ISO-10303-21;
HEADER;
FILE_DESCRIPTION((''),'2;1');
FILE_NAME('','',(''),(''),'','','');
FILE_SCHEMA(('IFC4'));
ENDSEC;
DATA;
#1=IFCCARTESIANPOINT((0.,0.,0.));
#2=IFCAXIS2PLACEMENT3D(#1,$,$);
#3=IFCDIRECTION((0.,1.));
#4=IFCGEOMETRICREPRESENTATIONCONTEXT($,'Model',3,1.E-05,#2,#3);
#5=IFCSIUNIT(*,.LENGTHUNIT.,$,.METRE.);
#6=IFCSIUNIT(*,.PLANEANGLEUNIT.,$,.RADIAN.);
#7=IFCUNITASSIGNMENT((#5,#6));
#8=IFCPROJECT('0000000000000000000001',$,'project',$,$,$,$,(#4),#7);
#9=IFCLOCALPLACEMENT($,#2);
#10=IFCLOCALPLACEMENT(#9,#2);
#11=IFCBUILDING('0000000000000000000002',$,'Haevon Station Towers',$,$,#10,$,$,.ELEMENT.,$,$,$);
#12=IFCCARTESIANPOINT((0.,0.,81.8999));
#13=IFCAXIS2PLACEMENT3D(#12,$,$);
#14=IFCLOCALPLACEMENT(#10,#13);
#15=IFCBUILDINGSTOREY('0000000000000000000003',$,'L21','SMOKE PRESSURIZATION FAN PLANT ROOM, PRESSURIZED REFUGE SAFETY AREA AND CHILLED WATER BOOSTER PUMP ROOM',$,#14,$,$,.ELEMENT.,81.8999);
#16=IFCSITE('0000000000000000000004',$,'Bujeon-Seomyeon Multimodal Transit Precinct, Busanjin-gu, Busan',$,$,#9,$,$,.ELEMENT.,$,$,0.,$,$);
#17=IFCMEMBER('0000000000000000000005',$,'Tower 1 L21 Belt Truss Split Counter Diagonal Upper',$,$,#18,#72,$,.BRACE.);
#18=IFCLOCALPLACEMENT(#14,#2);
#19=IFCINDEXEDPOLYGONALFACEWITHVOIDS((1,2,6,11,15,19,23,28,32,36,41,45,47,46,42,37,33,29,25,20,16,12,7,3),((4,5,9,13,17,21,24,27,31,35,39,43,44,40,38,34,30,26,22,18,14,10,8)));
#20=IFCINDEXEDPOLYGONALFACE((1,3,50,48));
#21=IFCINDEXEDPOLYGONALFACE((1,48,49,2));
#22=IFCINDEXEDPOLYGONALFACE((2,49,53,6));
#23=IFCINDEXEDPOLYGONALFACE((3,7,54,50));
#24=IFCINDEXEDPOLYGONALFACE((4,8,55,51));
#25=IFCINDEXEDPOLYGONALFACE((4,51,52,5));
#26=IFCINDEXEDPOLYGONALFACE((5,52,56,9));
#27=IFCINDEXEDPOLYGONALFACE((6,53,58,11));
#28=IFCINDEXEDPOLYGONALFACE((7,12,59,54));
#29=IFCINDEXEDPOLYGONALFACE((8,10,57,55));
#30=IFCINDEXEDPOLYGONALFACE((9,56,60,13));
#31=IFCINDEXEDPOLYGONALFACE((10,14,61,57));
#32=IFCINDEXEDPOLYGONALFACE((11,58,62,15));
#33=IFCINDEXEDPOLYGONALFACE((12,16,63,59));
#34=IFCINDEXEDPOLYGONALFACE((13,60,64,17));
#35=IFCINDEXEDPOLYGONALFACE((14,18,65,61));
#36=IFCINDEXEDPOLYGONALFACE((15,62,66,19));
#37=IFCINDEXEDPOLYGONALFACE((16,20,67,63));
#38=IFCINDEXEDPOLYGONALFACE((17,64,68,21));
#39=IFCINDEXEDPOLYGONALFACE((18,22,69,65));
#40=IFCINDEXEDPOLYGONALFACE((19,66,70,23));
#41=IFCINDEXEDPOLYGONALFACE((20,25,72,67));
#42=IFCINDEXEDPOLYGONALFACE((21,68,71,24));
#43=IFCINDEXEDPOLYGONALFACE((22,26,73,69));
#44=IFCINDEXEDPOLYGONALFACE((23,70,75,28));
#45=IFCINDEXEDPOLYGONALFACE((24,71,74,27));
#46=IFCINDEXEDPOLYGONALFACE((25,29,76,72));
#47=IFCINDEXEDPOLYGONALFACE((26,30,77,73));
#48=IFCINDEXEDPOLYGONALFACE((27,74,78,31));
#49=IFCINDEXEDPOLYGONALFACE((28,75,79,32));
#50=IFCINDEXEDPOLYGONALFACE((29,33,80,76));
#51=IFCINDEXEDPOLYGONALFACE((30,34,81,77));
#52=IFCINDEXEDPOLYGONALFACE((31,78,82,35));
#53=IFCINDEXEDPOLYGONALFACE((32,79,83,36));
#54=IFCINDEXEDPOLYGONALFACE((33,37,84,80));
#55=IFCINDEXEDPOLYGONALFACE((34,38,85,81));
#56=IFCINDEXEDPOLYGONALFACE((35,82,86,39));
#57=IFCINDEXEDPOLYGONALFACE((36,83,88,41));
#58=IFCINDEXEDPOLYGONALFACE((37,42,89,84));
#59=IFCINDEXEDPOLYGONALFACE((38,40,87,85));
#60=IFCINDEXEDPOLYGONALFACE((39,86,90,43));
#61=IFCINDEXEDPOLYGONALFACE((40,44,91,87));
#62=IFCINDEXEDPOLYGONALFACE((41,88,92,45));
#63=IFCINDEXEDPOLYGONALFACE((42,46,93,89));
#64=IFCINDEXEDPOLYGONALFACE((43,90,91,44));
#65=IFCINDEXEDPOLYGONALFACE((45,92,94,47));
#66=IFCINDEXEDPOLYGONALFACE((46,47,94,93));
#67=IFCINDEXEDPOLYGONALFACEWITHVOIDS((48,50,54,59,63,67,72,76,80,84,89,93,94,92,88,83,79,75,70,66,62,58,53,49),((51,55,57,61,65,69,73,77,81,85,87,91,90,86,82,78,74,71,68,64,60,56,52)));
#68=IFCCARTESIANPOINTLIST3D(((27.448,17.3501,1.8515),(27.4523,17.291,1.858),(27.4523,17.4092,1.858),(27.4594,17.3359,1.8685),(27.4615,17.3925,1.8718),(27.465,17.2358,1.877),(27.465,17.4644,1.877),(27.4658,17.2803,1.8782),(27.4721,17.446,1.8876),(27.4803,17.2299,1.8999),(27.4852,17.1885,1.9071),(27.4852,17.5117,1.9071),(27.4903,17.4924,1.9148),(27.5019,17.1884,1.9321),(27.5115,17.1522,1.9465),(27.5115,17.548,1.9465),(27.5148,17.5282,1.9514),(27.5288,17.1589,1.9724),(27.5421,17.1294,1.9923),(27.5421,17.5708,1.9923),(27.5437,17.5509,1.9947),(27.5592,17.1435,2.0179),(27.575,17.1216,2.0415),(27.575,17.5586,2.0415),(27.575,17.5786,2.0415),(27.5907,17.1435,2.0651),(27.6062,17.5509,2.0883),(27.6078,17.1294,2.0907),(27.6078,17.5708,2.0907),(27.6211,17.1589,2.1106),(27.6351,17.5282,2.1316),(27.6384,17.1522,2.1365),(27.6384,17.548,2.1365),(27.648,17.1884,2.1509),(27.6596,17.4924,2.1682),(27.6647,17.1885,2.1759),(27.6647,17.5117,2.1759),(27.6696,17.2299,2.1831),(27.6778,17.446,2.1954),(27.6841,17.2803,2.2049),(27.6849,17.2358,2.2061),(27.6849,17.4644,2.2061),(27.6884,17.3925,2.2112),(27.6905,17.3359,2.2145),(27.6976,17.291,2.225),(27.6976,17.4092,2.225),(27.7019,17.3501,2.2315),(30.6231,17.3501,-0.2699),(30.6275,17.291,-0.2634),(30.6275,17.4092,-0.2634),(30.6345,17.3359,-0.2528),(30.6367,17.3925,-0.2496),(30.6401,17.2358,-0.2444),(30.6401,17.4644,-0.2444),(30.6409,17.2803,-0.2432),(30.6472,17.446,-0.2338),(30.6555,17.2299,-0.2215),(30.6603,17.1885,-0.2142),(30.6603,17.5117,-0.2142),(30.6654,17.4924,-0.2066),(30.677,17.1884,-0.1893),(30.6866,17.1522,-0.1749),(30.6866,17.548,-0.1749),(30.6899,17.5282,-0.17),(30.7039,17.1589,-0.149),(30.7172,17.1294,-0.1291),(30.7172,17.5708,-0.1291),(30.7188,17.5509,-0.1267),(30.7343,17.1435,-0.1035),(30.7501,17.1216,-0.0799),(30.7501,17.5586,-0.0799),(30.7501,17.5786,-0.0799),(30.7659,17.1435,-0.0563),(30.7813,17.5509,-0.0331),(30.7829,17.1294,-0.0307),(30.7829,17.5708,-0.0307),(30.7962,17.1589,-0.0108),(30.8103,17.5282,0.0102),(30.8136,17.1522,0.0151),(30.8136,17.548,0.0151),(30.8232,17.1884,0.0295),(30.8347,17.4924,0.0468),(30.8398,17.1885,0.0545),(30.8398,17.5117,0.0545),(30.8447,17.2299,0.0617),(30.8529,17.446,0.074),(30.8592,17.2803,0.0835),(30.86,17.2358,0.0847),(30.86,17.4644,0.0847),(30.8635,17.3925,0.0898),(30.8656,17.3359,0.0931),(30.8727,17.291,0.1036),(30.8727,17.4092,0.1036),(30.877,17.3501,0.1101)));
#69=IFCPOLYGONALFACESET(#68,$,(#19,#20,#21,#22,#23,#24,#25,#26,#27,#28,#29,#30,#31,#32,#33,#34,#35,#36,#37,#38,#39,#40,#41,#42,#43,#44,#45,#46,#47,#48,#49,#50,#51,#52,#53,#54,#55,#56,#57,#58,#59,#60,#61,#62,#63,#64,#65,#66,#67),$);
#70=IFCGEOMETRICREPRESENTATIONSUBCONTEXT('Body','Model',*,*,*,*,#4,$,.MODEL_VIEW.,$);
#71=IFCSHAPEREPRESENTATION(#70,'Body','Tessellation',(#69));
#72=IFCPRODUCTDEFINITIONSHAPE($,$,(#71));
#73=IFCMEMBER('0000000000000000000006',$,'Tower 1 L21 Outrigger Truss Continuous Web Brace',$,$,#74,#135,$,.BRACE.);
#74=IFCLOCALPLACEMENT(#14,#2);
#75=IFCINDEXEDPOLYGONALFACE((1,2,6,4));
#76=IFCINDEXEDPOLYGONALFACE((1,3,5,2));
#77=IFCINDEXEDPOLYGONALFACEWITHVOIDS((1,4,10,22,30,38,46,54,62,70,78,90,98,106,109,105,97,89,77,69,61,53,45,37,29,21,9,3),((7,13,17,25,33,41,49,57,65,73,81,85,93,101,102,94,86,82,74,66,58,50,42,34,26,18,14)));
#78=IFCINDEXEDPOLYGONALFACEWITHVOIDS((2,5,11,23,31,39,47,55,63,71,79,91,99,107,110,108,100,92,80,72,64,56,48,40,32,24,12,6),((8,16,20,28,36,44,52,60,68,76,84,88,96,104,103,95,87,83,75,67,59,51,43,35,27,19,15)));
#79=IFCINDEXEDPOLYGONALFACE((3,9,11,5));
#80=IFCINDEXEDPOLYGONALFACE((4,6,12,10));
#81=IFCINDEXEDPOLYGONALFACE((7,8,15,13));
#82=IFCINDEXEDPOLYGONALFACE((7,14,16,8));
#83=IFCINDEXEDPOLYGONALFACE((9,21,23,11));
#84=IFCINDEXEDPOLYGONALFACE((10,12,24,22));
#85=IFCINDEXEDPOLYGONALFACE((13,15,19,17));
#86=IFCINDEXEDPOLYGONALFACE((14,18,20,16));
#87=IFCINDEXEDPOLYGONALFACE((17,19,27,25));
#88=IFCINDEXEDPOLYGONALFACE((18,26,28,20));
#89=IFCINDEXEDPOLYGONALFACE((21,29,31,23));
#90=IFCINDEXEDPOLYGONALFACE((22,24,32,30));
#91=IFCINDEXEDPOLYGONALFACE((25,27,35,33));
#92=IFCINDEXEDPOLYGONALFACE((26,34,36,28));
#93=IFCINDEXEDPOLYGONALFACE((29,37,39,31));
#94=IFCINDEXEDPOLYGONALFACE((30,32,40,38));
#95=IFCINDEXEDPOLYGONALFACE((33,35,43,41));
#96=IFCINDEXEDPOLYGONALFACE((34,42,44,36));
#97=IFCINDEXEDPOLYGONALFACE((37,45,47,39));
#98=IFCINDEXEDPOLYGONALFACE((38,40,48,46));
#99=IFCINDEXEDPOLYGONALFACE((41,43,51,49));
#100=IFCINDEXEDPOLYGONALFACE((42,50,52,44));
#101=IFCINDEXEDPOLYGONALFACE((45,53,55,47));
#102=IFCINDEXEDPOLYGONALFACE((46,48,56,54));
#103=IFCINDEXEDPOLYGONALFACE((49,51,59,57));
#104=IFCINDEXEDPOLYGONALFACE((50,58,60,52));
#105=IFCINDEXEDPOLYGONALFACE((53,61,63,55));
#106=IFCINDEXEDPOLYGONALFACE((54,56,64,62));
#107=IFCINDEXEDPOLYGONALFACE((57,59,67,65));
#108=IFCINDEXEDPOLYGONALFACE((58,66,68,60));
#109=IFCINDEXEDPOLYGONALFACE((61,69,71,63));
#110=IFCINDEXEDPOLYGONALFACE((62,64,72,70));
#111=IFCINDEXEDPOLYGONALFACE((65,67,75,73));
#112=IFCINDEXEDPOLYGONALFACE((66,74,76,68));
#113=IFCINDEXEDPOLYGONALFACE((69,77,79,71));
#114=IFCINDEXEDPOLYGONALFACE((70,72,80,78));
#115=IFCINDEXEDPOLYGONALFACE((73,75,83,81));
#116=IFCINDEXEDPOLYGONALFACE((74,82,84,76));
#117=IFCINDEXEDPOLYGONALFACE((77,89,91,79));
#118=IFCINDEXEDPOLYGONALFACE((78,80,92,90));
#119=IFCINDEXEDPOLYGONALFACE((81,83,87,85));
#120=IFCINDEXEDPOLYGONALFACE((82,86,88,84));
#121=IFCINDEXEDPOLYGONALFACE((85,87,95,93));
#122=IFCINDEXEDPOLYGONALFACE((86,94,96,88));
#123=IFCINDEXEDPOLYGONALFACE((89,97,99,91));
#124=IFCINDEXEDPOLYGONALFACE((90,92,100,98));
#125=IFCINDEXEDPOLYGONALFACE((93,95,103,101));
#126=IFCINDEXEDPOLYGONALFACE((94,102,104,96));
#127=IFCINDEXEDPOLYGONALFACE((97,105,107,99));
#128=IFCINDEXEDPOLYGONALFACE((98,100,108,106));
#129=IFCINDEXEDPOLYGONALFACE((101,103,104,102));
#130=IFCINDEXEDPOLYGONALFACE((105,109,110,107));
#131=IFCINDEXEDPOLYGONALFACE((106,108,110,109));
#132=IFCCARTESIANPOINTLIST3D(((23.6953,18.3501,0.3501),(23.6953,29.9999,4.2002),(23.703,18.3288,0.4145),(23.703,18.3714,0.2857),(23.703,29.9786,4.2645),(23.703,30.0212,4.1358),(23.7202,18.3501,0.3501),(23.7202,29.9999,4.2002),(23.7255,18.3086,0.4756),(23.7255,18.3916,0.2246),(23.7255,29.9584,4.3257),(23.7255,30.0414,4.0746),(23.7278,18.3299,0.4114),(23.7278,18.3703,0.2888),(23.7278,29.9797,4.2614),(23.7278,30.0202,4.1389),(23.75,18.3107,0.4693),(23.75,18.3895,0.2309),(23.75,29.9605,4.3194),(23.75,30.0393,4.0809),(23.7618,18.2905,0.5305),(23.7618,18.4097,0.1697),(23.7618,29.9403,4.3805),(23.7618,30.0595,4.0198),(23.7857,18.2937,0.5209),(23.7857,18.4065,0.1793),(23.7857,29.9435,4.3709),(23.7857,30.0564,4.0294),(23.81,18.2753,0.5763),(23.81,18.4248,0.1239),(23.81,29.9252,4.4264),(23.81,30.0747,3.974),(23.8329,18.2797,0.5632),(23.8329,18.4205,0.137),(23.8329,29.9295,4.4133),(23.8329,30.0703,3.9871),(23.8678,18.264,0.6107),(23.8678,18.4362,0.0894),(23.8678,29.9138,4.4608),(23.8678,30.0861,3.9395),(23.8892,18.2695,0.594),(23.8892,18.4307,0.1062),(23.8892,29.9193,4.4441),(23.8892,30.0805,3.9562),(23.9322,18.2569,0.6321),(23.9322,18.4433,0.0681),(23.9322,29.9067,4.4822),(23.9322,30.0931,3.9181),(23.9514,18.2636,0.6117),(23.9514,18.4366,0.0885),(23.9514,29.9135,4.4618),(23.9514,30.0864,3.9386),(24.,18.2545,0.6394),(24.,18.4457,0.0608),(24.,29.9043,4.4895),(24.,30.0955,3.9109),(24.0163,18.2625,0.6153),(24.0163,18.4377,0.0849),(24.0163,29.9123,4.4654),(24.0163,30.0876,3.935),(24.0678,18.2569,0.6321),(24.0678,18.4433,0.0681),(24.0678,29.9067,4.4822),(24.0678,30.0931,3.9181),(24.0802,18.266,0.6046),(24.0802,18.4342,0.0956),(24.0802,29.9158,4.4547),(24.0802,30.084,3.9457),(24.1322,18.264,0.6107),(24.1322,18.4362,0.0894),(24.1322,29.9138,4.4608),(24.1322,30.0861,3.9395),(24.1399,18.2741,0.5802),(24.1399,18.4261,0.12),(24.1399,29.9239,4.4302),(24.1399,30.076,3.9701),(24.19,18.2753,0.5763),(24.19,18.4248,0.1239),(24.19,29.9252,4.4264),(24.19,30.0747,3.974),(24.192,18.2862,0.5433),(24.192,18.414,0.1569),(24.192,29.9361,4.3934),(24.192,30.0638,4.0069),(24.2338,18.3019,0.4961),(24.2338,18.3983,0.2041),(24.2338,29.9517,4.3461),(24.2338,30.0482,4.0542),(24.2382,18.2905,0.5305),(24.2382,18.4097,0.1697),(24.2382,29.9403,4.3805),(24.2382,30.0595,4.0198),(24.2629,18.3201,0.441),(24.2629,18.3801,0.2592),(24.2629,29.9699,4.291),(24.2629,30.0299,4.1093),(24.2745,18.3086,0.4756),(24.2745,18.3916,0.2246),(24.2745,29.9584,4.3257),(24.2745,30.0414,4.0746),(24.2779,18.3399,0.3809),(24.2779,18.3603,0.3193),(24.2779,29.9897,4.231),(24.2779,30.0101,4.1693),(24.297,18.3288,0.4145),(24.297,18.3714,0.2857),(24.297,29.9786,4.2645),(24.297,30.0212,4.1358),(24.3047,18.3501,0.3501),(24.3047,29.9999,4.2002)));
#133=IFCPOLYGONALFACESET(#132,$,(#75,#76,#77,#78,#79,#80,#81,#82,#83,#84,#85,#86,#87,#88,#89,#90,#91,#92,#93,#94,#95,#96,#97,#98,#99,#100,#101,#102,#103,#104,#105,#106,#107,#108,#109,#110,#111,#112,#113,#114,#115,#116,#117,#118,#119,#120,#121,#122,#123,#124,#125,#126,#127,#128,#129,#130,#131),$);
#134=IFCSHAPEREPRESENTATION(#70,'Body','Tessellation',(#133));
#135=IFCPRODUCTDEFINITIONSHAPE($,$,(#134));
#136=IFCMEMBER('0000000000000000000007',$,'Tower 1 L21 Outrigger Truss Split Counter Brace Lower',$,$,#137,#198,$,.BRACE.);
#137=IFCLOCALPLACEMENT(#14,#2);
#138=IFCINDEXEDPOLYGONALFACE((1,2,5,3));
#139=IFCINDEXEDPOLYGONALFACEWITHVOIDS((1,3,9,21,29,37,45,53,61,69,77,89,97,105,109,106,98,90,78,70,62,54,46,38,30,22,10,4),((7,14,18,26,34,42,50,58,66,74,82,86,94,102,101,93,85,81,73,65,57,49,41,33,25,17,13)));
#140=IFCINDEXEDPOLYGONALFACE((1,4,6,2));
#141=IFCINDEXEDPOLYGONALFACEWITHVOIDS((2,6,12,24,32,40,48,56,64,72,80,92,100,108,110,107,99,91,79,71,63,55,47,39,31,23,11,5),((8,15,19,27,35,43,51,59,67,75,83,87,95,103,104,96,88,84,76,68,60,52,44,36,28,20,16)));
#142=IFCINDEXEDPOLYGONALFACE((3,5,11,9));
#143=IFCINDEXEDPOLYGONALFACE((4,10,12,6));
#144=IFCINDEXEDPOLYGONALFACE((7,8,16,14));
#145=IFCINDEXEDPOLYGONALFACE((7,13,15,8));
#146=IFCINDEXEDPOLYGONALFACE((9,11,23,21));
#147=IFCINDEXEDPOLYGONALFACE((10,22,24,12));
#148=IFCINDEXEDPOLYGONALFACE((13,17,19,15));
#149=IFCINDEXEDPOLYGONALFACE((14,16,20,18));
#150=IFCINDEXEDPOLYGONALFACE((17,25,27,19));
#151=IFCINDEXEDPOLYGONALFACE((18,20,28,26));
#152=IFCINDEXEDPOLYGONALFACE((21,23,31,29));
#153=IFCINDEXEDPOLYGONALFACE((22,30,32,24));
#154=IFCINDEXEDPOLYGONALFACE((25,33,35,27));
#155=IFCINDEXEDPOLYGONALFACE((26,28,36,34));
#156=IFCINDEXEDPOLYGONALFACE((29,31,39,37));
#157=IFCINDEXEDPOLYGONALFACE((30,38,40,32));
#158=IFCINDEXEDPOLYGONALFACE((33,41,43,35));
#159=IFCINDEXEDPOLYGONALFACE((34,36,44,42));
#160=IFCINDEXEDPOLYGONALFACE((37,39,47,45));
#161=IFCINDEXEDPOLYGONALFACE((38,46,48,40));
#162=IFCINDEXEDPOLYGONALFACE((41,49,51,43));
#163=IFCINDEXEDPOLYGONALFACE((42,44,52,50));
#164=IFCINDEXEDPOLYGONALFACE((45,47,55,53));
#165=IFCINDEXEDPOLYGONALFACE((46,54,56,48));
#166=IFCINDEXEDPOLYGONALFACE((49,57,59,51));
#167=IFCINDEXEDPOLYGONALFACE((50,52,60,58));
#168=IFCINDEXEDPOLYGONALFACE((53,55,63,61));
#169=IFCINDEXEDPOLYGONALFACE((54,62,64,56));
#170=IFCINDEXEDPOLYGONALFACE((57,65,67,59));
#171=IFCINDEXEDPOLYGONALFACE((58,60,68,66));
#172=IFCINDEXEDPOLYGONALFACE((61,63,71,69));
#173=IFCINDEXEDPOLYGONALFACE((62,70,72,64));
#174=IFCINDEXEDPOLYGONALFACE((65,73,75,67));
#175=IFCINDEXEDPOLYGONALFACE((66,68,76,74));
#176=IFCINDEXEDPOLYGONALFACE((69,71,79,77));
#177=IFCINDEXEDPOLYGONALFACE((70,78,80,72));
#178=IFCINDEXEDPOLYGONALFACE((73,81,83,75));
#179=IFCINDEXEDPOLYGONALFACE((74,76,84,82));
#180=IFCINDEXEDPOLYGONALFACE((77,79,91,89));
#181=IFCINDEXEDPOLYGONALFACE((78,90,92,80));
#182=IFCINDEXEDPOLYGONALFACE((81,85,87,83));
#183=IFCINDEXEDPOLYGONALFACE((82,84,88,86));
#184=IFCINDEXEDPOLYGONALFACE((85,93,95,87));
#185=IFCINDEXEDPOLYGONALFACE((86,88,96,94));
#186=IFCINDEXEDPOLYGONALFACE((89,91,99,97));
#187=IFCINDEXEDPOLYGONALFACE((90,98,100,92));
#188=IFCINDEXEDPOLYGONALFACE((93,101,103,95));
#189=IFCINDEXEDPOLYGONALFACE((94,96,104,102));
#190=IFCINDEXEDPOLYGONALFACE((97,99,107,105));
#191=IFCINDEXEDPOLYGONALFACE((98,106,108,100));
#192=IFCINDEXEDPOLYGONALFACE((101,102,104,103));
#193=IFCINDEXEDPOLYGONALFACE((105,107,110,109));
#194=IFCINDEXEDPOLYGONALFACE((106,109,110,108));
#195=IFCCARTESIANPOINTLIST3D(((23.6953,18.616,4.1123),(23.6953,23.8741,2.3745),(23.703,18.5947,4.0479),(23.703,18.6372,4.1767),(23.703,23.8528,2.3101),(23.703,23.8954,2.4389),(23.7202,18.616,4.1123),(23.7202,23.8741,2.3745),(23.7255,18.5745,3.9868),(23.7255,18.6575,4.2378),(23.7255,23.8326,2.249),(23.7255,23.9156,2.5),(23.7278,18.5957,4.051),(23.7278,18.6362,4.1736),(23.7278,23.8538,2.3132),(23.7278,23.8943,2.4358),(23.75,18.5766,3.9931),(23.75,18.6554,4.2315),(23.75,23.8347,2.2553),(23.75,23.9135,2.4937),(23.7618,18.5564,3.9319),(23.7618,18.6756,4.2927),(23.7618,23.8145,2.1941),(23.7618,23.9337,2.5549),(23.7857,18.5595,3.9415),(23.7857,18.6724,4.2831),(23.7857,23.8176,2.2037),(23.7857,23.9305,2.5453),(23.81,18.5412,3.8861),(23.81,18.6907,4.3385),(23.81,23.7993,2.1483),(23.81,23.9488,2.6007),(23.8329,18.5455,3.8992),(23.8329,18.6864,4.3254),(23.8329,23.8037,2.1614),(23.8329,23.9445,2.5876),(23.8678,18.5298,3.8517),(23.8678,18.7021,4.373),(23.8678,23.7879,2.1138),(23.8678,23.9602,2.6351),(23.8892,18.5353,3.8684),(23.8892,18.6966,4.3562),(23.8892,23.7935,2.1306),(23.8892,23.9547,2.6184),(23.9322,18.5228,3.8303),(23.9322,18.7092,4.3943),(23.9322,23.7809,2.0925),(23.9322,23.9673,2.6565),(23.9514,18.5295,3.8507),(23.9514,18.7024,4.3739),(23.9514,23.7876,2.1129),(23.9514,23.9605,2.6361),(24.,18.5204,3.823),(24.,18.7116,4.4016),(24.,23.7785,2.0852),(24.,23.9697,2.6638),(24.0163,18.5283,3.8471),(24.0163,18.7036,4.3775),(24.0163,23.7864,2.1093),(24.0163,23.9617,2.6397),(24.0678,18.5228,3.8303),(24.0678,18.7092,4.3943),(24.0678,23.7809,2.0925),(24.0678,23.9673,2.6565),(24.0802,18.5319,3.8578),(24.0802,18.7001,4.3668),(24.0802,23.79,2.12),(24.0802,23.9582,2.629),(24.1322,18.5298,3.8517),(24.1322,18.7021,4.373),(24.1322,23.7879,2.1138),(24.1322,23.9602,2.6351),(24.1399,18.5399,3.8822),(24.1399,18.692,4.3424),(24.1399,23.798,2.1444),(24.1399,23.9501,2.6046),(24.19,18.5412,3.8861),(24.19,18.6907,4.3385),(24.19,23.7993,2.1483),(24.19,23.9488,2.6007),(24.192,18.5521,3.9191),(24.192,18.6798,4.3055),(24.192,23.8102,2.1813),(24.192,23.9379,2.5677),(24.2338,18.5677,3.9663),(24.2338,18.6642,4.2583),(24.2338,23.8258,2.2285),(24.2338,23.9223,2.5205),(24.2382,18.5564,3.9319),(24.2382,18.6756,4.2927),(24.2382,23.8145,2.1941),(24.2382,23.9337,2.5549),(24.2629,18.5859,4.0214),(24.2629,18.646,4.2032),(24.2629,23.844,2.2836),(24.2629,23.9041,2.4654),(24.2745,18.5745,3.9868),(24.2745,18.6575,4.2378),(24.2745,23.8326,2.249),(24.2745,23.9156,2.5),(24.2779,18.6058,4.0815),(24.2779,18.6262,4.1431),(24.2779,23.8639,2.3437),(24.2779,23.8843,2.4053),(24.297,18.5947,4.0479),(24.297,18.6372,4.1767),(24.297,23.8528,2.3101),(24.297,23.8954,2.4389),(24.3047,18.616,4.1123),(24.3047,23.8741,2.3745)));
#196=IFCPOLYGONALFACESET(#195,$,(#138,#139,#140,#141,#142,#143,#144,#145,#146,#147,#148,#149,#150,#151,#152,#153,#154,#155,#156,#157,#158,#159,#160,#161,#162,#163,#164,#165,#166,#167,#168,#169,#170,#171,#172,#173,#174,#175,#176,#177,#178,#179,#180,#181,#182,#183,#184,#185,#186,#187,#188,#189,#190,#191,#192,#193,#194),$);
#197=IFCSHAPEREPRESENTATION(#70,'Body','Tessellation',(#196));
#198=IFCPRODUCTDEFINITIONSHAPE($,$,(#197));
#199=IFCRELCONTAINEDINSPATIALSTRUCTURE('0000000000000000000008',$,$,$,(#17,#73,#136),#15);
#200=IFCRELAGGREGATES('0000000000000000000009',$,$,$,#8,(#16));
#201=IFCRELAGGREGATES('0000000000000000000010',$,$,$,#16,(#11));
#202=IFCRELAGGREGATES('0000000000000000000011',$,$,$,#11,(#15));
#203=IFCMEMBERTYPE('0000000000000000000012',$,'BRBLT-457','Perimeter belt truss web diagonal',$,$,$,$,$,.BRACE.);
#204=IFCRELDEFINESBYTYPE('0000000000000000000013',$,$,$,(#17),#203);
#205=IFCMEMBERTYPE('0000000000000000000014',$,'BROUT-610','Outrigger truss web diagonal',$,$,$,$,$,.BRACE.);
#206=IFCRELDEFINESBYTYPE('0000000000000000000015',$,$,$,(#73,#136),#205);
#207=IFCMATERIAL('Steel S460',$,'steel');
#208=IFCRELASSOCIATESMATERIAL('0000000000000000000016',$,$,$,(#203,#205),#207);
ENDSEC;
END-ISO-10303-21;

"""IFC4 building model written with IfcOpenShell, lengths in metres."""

from ifc_helpers import new_model, si_unit, direction, frame, origin, origin_2d, place, context, subcontext, project, spatial, hollow_circle, extrude, material, material_profile, profile_set, type_object, element, save


model = new_model("IFC4")

# Units and contexts
model_context = context("Model", 3, precision=1e-05, world=origin(), true_north=direction((0.0, 1.0)))
body_context = subcontext(model_context, "Body", "Model", "MODEL_VIEW")
ifc_project = project(units=[si_unit("LENGTHUNIT", "METRE"), si_unit("PLANEANGLEUNIT", "RADIAN")], contexts=[model_context])

# Site, building, storey
site_placement = place(None, origin())
site = spatial("IfcSite", under=ifc_project, at=site_placement, Name="Bujeon-Seomyeon Multimodal Transit Precinct, Busanjin-gu, Busan", CompositionType="ELEMENT", RefElevation=0.0)
building_placement = place(site_placement, origin())
building = spatial("IfcBuilding", under=site, at=building_placement, Name="Haevon Station Towers", CompositionType="ELEMENT")
storey_placement = place(building_placement, frame((0.0, 0.0, 81.8999)))
storey = spatial("IfcBuildingStorey", under=building, at=storey_placement, Name="L21", Description="SMOKE PRESSURIZATION FAN PLANT ROOM, PRESSURIZED REFUGE SAFETY AREA AND CHILLED WATER BOOSTER PUMP ROOM", CompositionType="ELEMENT", Elevation=81.8999)

# Shared definitions
ifc_material_1 = material(Name="Steel S460", Category="steel")

# Members
ifc_material_profile_1 = material_profile(ifc_material_1, hollow_circle(Radius=0.2285, WallThickness=0.02, at=origin_2d()), Name="CHS-457x20")
ifc_profile_set_1 = profile_set([ifc_material_profile_1], Name="Steel S460")
member_type_1 = type_object("IfcMemberType", Name="BRBLT-457", Description="Perimeter belt truss web diagonal", PredefinedType="BRACE", material=ifc_profile_set_1)
member_1_placement = place(storey_placement, frame((27.575, 17.3501, 2.0415), z_axis=(0.831489, 0.0, -0.555541), x_axis=(0.0, 1.0, 0.0)))
element("IfcMember", 1, at=member_1_placement, inside=storey, type_object=member_type_1, Name="Tower 1 L21 Belt Truss Split Counter Diagonal Upper", PredefinedType="BRACE", context=body_context, shape_type="SweptSolid", body=[
    extrude(hollow_circle(Radius=0.2285, WallThickness=0.02, at=origin_2d()), origin(), (0.0, 0.0, 1.0), 3.8186),
])
ifc_material_profile_2 = material_profile(ifc_material_1, hollow_circle(Radius=0.3047, WallThickness=0.0249, at=origin_2d()), Name="CHS-609.6x25")
ifc_profile_set_2 = profile_set([ifc_material_profile_2], Name="Steel S460")
member_type_2 = type_object("IfcMemberType", Name="BROUT-610", Description="Outrigger truss web diagonal", PredefinedType="BRACE", material=ifc_profile_set_2)
member_2_placement = place(storey_placement, frame((24.0, 18.3501, 0.3501), z_axis=(0.0, 0.949492, 0.313791), x_axis=(-1.0, 0.0, 0.0)))
element("IfcMember", 2, at=member_2_placement, inside=storey, type_object=member_type_2, Name="Tower 1 L21 Outrigger Truss Continuous Web Brace", PredefinedType="BRACE", context=body_context, shape_type="SweptSolid", body=[
    extrude(hollow_circle(Radius=0.3047, WallThickness=0.0249, at=origin_2d()), origin(), (0.0, 0.0, 1.0), 12.2695),
])
member_3_placement = place(storey_placement, frame((24.0, 18.616, 4.1123), z_axis=(0.0, 0.949487, -0.313806), x_axis=(-1.0, 0.0, 0.0)))
element("IfcMember", 3, at=member_3_placement, inside=storey, type_object=member_type_2, Name="Tower 1 L21 Outrigger Truss Split Counter Brace Lower", PredefinedType="BRACE", context=body_context, shape_type="SweptSolid", body=[
    extrude(hollow_circle(Radius=0.3047, WallThickness=0.0249, at=origin_2d()), origin(), (0.0, 0.0, 1.0), 5.5378),
])

save(model, "model.ifc")
